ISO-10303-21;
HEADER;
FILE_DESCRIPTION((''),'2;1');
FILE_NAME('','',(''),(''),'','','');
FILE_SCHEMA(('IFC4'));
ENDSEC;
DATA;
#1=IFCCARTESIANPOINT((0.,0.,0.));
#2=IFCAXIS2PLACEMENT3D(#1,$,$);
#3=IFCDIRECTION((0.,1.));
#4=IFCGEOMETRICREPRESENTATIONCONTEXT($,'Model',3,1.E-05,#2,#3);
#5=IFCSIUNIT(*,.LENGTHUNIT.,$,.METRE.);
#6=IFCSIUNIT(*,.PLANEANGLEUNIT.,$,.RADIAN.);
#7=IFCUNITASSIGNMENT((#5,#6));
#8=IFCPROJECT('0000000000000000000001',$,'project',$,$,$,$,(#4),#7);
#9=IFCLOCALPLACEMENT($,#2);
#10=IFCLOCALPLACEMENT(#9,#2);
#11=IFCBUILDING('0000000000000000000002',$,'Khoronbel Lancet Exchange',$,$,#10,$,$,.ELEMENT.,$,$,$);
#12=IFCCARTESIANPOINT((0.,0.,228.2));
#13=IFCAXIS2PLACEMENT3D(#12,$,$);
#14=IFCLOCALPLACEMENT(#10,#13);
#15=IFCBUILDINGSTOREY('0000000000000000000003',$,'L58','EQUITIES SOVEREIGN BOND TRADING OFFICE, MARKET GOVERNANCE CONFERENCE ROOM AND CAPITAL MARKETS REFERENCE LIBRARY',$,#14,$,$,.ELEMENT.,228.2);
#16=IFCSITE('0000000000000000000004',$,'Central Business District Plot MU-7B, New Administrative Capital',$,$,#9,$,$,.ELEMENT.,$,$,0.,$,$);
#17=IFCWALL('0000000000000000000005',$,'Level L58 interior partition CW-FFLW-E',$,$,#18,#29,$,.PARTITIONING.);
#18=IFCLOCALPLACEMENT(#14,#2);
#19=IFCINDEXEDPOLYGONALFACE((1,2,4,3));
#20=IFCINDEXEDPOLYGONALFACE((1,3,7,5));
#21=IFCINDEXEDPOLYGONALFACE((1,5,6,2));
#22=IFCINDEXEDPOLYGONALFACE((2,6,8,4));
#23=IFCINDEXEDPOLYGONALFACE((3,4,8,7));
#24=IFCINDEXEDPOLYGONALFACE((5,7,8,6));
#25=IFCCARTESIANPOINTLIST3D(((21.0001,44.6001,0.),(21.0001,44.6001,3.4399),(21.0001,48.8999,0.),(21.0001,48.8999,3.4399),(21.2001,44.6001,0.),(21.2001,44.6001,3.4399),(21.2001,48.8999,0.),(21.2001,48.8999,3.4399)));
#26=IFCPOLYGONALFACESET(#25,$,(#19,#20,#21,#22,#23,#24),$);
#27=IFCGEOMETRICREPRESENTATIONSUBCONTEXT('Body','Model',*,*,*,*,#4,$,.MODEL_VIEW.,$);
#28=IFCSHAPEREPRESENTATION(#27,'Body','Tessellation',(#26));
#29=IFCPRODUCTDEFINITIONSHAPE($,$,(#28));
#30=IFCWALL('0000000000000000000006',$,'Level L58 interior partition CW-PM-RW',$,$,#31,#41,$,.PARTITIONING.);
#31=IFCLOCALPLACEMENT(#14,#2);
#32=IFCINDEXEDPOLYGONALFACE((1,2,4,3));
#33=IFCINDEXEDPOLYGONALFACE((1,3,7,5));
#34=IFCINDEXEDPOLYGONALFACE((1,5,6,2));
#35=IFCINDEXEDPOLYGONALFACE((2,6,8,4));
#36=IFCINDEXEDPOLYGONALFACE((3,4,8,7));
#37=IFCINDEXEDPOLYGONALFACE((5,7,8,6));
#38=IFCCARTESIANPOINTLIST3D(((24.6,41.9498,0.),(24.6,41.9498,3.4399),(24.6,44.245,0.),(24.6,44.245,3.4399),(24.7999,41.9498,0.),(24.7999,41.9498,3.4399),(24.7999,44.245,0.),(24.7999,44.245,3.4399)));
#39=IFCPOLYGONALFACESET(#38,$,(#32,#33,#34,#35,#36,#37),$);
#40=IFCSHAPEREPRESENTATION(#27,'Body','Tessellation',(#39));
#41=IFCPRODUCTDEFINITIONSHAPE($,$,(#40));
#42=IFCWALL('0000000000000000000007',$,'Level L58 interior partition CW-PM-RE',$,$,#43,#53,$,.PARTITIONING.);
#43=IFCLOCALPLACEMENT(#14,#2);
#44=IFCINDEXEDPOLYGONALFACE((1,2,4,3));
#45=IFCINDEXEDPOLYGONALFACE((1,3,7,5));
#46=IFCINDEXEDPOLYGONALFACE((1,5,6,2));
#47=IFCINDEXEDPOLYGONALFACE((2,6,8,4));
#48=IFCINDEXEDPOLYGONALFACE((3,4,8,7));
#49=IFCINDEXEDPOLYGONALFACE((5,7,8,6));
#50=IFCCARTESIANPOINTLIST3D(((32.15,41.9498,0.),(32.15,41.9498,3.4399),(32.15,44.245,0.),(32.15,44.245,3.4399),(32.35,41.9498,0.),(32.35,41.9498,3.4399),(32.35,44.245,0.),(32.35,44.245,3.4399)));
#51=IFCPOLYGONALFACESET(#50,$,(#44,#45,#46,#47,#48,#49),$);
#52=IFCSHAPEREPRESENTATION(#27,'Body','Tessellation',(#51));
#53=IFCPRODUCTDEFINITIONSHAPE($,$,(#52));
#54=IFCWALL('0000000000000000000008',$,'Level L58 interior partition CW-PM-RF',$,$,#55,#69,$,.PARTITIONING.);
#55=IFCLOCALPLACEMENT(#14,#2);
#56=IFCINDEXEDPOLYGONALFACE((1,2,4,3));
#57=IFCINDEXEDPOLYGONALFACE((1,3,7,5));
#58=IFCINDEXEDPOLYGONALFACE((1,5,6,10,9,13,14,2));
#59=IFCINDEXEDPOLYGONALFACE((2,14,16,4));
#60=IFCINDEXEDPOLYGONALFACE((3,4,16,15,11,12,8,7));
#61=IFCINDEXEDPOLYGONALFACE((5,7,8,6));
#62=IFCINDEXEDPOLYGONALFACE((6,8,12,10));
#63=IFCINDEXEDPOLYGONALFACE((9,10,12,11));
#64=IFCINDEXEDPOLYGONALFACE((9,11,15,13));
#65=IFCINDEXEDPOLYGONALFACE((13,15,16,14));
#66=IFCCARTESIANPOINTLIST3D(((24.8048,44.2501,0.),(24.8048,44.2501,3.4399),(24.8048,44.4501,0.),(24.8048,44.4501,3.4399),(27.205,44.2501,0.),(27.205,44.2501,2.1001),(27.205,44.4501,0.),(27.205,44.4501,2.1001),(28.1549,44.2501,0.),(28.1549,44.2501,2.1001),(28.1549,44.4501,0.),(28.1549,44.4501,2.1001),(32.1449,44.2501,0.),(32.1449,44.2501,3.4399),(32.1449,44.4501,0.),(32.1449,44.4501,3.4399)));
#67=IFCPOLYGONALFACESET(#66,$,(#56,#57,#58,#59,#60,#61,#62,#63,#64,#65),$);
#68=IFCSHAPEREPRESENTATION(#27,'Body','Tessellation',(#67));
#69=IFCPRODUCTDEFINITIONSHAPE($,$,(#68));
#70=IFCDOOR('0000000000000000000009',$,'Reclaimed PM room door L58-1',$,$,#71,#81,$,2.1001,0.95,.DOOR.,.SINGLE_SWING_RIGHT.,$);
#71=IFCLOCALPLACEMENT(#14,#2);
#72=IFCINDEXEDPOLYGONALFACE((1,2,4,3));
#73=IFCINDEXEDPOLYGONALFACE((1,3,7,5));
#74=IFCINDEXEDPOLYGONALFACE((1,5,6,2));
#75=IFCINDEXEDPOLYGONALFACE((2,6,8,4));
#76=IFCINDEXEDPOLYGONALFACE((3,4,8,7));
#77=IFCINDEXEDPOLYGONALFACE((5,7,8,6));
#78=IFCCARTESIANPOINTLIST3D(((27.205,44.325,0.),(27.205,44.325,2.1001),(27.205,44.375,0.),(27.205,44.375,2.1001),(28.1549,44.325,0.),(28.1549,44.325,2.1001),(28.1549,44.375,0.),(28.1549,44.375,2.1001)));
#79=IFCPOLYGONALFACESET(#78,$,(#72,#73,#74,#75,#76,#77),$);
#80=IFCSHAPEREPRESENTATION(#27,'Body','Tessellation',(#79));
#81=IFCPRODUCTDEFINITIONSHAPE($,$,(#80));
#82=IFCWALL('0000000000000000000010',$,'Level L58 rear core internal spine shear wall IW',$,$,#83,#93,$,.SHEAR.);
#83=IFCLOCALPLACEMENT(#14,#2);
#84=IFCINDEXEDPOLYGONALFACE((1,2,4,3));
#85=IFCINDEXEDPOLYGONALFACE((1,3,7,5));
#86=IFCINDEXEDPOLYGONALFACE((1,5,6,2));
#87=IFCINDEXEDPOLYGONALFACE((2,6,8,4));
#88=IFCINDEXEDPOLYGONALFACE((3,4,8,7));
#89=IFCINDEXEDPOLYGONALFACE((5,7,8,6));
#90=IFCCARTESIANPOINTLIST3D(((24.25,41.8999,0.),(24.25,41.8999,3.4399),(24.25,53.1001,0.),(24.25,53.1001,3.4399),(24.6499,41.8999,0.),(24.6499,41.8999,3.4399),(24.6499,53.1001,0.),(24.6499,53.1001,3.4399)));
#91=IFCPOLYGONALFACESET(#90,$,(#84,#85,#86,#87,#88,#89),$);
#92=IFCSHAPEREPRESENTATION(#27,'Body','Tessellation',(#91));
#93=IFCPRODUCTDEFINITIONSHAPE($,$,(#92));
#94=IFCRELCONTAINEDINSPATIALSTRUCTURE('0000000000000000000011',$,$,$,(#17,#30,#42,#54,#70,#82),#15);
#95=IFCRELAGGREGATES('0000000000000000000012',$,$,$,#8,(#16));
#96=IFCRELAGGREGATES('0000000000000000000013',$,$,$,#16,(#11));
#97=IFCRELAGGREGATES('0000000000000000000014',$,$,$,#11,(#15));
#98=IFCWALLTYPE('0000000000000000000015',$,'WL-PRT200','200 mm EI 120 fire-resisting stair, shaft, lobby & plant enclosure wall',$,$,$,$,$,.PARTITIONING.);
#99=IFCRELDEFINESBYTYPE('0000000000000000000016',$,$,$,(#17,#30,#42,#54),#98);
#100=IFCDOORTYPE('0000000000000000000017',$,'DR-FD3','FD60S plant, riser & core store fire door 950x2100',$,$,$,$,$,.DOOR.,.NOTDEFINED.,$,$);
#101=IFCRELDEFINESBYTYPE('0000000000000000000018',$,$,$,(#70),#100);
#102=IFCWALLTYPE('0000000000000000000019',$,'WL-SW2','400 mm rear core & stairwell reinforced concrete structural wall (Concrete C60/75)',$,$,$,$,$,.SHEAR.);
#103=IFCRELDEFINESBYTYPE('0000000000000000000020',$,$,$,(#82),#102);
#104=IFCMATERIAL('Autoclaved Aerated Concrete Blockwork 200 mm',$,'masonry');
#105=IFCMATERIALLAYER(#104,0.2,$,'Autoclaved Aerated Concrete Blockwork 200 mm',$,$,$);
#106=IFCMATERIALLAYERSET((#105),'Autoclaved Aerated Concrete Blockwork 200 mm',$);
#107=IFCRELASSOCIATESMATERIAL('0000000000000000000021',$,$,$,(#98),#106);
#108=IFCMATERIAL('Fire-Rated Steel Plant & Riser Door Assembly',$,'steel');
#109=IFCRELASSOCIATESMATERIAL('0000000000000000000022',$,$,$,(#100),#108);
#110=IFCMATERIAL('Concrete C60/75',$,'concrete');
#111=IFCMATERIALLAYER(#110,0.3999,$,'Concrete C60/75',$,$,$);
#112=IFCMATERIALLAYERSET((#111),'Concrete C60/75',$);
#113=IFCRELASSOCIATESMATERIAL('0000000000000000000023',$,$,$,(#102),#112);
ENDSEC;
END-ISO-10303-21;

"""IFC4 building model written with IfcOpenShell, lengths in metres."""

from ifc_helpers import new_model, si_unit, direction, frame, frame_2d, origin, place, context, subcontext, project, spatial, rectangle, extrude, material, layer, layer_set, type_object, element, fill, save


model = new_model("IFC4")

# Units and contexts
model_context = context("Model", 3, precision=1e-05, world=origin(), true_north=direction((0.0, 1.0)))
body_context = subcontext(model_context, "Body", "Model", "MODEL_VIEW")
ifc_project = project(units=[si_unit("LENGTHUNIT", "METRE"), si_unit("PLANEANGLEUNIT", "RADIAN")], contexts=[model_context])

# Site, building, storey
site_placement = place(None, origin())
site = spatial("IfcSite", under=ifc_project, at=site_placement, Name="Central Business District Plot MU-7B, New Administrative Capital", CompositionType="ELEMENT", RefElevation=0.0)
building_placement = place(site_placement, origin())
building = spatial("IfcBuilding", under=site, at=building_placement, Name="Khoronbel Lancet Exchange", CompositionType="ELEMENT")
storey_placement = place(building_placement, frame((0.0, 0.0, 228.2)))
storey = spatial("IfcBuildingStorey", under=building, at=storey_placement, Name="L58", Description="EQUITIES SOVEREIGN BOND TRADING OFFICE, MARKET GOVERNANCE CONFERENCE ROOM AND CAPITAL MARKETS REFERENCE LIBRARY", CompositionType="ELEMENT", Elevation=228.2)

# Shared definitions
ifc_material_1 = material(Name="Concrete C60/75", Category="concrete")

# Shared definitions
ifc_material_2 = material(Name="Autoclaved Aerated Concrete Blockwork 200 mm", Category="masonry")
ifc_layer_1 = layer(ifc_material_2, 0.2, Name="Autoclaved Aerated Concrete Blockwork 200 mm")
ifc_layer_set_1 = layer_set([ifc_layer_1], Name="Autoclaved Aerated Concrete Blockwork 200 mm")
wall_type_1 = type_object("IfcWallType", Name="WL-PRT200", Description="200 mm EI 120 fire-resisting stair, shaft, lobby & plant enclosure wall", PredefinedType="PARTITIONING", material=ifc_layer_set_1)

# Wall
wall_1_placement = place(storey_placement, frame((21.1001, 44.6001, 0.0), z_axis=(0.0, 0.0, 1.0), x_axis=(0.0, 1.0, 0.0)))
element("IfcWall", 1, at=wall_1_placement, inside=storey, type_object=wall_type_1, Name="Level L58 interior partition CW-FFLW-E", PredefinedType="PARTITIONING", context=body_context, shape_type="SweptSolid", body=[
    extrude(rectangle(XDim=4.2998, YDim=0.2, at=frame_2d((2.1499, 0.0))), origin(), (0.0, 0.0, 1.0), 3.4399),
])

# Walls
for number, where, z_axis, x_axis, name in (
    (2, (24.7, 41.95, 0.0), (0.0, 0.0, 1.0), (0.0, 1.0, 0.0), "Level L58 interior partition CW-PM-RW"),
    (3, (32.25, 41.95, 0.0), (0.0, 0.0, 1.0), (0.0, 1.0, 0.0), "Level L58 interior partition CW-PM-RE"),
):
    element("IfcWall", number, at=place(storey_placement, frame(where, z_axis=z_axis, x_axis=x_axis)), inside=storey, type_object=wall_type_1, Name=name, PredefinedType="PARTITIONING", context=body_context, shape_type="SweptSolid", body=[
        extrude(rectangle(XDim=2.2952, YDim=0.2, at=frame_2d((1.1475, 0.0))), origin(), (0.0, 0.0, 1.0), 3.4399),
    ])

# Wall, opening, door
wall_2_placement = place(storey_placement, frame((24.8049, 44.3501, 0.0), z_axis=(0.0, 0.0, 1.0), x_axis=(1.0, 0.0, 0.0)))
wall_2 = element("IfcWall", 4, at=wall_2_placement, inside=storey, type_object=wall_type_1, Name="Level L58 interior partition CW-PM-RF", PredefinedType="PARTITIONING", context=body_context, shape_type="SweptSolid", body=[
    extrude(rectangle(XDim=7.3401, YDim=0.2, at=frame_2d((3.6699, 0.0))), origin(), (0.0, 0.0, 1.0), 3.4399),
])
opening_1_placement = place(wall_2_placement, frame((2.3999, 0.0, 0.0)))
opening_1 = element("IfcOpeningElement", 5, at=opening_1_placement, cuts=wall_2, PredefinedType="OPENING", context=body_context, shape_type="SweptSolid", body=[
    extrude(rectangle(XDim=0.95, YDim=2.1001, at=frame_2d((0.4751, 1.05))), frame((0.0, 0.1099, 0.0), z_axis=(0.0, -1.0, 0.0), x_axis=(1.0, 0.0, 0.0)), (0.0, 0.0, 1.0), 0.22),
])
ifc_material_3 = material(Name="Fire-Rated Steel Plant & Riser Door Assembly", Category="steel")
door_type_1 = type_object("IfcDoorType", Name="DR-FD3", Description="FD60S plant, riser & core store fire door 950x2100", OperationType="NOTDEFINED", PredefinedType="DOOR", material=ifc_material_3)
door_1_placement = place(opening_1_placement, origin())
door_1 = element("IfcDoor", 6, at=door_1_placement, inside=storey, type_object=door_type_1, Name="Reclaimed PM room door L58-1", OperationType="SINGLE_SWING_RIGHT", OverallHeight=2.1001, OverallWidth=0.95, PredefinedType="DOOR", context=body_context, shape_type="SweptSolid", body=[
    extrude(rectangle(XDim=0.95, YDim=2.1001, at=frame_2d((0.4751, 1.05))), frame((0.0, 0.0249, 0.0), z_axis=(0.0, -1.0, 0.0), x_axis=(1.0, 0.0, 0.0)), (0.0, 0.0, 1.0), 0.05),
])
fill(opening_1, door_1)

# Wall
ifc_layer_2 = layer(ifc_material_1, 0.3999, Name="Concrete C60/75")
ifc_layer_set_2 = layer_set([ifc_layer_2], Name="Concrete C60/75")
wall_type_2 = type_object("IfcWallType", Name="WL-SW2", Description="400 mm rear core & stairwell reinforced concrete structural wall (Concrete C60/75)", PredefinedType="SHEAR", material=ifc_layer_set_2)
wall_3_placement = place(storey_placement, frame((24.45, 41.8999, 0.0), z_axis=(0.0, 0.0, 1.0), x_axis=(0.0, 1.0, 0.0)))
element("IfcWall", 7, at=wall_3_placement, inside=storey, type_object=wall_type_2, Name="Level L58 rear core internal spine shear wall IW", PredefinedType="SHEAR", context=body_context, shape_type="SweptSolid", body=[
    extrude(rectangle(XDim=11.2002, YDim=0.3999, at=frame_2d((5.6001, 0.0))), origin(), (0.0, 0.0, 1.0), 3.4399),
])

save(model, "model.ifc")
